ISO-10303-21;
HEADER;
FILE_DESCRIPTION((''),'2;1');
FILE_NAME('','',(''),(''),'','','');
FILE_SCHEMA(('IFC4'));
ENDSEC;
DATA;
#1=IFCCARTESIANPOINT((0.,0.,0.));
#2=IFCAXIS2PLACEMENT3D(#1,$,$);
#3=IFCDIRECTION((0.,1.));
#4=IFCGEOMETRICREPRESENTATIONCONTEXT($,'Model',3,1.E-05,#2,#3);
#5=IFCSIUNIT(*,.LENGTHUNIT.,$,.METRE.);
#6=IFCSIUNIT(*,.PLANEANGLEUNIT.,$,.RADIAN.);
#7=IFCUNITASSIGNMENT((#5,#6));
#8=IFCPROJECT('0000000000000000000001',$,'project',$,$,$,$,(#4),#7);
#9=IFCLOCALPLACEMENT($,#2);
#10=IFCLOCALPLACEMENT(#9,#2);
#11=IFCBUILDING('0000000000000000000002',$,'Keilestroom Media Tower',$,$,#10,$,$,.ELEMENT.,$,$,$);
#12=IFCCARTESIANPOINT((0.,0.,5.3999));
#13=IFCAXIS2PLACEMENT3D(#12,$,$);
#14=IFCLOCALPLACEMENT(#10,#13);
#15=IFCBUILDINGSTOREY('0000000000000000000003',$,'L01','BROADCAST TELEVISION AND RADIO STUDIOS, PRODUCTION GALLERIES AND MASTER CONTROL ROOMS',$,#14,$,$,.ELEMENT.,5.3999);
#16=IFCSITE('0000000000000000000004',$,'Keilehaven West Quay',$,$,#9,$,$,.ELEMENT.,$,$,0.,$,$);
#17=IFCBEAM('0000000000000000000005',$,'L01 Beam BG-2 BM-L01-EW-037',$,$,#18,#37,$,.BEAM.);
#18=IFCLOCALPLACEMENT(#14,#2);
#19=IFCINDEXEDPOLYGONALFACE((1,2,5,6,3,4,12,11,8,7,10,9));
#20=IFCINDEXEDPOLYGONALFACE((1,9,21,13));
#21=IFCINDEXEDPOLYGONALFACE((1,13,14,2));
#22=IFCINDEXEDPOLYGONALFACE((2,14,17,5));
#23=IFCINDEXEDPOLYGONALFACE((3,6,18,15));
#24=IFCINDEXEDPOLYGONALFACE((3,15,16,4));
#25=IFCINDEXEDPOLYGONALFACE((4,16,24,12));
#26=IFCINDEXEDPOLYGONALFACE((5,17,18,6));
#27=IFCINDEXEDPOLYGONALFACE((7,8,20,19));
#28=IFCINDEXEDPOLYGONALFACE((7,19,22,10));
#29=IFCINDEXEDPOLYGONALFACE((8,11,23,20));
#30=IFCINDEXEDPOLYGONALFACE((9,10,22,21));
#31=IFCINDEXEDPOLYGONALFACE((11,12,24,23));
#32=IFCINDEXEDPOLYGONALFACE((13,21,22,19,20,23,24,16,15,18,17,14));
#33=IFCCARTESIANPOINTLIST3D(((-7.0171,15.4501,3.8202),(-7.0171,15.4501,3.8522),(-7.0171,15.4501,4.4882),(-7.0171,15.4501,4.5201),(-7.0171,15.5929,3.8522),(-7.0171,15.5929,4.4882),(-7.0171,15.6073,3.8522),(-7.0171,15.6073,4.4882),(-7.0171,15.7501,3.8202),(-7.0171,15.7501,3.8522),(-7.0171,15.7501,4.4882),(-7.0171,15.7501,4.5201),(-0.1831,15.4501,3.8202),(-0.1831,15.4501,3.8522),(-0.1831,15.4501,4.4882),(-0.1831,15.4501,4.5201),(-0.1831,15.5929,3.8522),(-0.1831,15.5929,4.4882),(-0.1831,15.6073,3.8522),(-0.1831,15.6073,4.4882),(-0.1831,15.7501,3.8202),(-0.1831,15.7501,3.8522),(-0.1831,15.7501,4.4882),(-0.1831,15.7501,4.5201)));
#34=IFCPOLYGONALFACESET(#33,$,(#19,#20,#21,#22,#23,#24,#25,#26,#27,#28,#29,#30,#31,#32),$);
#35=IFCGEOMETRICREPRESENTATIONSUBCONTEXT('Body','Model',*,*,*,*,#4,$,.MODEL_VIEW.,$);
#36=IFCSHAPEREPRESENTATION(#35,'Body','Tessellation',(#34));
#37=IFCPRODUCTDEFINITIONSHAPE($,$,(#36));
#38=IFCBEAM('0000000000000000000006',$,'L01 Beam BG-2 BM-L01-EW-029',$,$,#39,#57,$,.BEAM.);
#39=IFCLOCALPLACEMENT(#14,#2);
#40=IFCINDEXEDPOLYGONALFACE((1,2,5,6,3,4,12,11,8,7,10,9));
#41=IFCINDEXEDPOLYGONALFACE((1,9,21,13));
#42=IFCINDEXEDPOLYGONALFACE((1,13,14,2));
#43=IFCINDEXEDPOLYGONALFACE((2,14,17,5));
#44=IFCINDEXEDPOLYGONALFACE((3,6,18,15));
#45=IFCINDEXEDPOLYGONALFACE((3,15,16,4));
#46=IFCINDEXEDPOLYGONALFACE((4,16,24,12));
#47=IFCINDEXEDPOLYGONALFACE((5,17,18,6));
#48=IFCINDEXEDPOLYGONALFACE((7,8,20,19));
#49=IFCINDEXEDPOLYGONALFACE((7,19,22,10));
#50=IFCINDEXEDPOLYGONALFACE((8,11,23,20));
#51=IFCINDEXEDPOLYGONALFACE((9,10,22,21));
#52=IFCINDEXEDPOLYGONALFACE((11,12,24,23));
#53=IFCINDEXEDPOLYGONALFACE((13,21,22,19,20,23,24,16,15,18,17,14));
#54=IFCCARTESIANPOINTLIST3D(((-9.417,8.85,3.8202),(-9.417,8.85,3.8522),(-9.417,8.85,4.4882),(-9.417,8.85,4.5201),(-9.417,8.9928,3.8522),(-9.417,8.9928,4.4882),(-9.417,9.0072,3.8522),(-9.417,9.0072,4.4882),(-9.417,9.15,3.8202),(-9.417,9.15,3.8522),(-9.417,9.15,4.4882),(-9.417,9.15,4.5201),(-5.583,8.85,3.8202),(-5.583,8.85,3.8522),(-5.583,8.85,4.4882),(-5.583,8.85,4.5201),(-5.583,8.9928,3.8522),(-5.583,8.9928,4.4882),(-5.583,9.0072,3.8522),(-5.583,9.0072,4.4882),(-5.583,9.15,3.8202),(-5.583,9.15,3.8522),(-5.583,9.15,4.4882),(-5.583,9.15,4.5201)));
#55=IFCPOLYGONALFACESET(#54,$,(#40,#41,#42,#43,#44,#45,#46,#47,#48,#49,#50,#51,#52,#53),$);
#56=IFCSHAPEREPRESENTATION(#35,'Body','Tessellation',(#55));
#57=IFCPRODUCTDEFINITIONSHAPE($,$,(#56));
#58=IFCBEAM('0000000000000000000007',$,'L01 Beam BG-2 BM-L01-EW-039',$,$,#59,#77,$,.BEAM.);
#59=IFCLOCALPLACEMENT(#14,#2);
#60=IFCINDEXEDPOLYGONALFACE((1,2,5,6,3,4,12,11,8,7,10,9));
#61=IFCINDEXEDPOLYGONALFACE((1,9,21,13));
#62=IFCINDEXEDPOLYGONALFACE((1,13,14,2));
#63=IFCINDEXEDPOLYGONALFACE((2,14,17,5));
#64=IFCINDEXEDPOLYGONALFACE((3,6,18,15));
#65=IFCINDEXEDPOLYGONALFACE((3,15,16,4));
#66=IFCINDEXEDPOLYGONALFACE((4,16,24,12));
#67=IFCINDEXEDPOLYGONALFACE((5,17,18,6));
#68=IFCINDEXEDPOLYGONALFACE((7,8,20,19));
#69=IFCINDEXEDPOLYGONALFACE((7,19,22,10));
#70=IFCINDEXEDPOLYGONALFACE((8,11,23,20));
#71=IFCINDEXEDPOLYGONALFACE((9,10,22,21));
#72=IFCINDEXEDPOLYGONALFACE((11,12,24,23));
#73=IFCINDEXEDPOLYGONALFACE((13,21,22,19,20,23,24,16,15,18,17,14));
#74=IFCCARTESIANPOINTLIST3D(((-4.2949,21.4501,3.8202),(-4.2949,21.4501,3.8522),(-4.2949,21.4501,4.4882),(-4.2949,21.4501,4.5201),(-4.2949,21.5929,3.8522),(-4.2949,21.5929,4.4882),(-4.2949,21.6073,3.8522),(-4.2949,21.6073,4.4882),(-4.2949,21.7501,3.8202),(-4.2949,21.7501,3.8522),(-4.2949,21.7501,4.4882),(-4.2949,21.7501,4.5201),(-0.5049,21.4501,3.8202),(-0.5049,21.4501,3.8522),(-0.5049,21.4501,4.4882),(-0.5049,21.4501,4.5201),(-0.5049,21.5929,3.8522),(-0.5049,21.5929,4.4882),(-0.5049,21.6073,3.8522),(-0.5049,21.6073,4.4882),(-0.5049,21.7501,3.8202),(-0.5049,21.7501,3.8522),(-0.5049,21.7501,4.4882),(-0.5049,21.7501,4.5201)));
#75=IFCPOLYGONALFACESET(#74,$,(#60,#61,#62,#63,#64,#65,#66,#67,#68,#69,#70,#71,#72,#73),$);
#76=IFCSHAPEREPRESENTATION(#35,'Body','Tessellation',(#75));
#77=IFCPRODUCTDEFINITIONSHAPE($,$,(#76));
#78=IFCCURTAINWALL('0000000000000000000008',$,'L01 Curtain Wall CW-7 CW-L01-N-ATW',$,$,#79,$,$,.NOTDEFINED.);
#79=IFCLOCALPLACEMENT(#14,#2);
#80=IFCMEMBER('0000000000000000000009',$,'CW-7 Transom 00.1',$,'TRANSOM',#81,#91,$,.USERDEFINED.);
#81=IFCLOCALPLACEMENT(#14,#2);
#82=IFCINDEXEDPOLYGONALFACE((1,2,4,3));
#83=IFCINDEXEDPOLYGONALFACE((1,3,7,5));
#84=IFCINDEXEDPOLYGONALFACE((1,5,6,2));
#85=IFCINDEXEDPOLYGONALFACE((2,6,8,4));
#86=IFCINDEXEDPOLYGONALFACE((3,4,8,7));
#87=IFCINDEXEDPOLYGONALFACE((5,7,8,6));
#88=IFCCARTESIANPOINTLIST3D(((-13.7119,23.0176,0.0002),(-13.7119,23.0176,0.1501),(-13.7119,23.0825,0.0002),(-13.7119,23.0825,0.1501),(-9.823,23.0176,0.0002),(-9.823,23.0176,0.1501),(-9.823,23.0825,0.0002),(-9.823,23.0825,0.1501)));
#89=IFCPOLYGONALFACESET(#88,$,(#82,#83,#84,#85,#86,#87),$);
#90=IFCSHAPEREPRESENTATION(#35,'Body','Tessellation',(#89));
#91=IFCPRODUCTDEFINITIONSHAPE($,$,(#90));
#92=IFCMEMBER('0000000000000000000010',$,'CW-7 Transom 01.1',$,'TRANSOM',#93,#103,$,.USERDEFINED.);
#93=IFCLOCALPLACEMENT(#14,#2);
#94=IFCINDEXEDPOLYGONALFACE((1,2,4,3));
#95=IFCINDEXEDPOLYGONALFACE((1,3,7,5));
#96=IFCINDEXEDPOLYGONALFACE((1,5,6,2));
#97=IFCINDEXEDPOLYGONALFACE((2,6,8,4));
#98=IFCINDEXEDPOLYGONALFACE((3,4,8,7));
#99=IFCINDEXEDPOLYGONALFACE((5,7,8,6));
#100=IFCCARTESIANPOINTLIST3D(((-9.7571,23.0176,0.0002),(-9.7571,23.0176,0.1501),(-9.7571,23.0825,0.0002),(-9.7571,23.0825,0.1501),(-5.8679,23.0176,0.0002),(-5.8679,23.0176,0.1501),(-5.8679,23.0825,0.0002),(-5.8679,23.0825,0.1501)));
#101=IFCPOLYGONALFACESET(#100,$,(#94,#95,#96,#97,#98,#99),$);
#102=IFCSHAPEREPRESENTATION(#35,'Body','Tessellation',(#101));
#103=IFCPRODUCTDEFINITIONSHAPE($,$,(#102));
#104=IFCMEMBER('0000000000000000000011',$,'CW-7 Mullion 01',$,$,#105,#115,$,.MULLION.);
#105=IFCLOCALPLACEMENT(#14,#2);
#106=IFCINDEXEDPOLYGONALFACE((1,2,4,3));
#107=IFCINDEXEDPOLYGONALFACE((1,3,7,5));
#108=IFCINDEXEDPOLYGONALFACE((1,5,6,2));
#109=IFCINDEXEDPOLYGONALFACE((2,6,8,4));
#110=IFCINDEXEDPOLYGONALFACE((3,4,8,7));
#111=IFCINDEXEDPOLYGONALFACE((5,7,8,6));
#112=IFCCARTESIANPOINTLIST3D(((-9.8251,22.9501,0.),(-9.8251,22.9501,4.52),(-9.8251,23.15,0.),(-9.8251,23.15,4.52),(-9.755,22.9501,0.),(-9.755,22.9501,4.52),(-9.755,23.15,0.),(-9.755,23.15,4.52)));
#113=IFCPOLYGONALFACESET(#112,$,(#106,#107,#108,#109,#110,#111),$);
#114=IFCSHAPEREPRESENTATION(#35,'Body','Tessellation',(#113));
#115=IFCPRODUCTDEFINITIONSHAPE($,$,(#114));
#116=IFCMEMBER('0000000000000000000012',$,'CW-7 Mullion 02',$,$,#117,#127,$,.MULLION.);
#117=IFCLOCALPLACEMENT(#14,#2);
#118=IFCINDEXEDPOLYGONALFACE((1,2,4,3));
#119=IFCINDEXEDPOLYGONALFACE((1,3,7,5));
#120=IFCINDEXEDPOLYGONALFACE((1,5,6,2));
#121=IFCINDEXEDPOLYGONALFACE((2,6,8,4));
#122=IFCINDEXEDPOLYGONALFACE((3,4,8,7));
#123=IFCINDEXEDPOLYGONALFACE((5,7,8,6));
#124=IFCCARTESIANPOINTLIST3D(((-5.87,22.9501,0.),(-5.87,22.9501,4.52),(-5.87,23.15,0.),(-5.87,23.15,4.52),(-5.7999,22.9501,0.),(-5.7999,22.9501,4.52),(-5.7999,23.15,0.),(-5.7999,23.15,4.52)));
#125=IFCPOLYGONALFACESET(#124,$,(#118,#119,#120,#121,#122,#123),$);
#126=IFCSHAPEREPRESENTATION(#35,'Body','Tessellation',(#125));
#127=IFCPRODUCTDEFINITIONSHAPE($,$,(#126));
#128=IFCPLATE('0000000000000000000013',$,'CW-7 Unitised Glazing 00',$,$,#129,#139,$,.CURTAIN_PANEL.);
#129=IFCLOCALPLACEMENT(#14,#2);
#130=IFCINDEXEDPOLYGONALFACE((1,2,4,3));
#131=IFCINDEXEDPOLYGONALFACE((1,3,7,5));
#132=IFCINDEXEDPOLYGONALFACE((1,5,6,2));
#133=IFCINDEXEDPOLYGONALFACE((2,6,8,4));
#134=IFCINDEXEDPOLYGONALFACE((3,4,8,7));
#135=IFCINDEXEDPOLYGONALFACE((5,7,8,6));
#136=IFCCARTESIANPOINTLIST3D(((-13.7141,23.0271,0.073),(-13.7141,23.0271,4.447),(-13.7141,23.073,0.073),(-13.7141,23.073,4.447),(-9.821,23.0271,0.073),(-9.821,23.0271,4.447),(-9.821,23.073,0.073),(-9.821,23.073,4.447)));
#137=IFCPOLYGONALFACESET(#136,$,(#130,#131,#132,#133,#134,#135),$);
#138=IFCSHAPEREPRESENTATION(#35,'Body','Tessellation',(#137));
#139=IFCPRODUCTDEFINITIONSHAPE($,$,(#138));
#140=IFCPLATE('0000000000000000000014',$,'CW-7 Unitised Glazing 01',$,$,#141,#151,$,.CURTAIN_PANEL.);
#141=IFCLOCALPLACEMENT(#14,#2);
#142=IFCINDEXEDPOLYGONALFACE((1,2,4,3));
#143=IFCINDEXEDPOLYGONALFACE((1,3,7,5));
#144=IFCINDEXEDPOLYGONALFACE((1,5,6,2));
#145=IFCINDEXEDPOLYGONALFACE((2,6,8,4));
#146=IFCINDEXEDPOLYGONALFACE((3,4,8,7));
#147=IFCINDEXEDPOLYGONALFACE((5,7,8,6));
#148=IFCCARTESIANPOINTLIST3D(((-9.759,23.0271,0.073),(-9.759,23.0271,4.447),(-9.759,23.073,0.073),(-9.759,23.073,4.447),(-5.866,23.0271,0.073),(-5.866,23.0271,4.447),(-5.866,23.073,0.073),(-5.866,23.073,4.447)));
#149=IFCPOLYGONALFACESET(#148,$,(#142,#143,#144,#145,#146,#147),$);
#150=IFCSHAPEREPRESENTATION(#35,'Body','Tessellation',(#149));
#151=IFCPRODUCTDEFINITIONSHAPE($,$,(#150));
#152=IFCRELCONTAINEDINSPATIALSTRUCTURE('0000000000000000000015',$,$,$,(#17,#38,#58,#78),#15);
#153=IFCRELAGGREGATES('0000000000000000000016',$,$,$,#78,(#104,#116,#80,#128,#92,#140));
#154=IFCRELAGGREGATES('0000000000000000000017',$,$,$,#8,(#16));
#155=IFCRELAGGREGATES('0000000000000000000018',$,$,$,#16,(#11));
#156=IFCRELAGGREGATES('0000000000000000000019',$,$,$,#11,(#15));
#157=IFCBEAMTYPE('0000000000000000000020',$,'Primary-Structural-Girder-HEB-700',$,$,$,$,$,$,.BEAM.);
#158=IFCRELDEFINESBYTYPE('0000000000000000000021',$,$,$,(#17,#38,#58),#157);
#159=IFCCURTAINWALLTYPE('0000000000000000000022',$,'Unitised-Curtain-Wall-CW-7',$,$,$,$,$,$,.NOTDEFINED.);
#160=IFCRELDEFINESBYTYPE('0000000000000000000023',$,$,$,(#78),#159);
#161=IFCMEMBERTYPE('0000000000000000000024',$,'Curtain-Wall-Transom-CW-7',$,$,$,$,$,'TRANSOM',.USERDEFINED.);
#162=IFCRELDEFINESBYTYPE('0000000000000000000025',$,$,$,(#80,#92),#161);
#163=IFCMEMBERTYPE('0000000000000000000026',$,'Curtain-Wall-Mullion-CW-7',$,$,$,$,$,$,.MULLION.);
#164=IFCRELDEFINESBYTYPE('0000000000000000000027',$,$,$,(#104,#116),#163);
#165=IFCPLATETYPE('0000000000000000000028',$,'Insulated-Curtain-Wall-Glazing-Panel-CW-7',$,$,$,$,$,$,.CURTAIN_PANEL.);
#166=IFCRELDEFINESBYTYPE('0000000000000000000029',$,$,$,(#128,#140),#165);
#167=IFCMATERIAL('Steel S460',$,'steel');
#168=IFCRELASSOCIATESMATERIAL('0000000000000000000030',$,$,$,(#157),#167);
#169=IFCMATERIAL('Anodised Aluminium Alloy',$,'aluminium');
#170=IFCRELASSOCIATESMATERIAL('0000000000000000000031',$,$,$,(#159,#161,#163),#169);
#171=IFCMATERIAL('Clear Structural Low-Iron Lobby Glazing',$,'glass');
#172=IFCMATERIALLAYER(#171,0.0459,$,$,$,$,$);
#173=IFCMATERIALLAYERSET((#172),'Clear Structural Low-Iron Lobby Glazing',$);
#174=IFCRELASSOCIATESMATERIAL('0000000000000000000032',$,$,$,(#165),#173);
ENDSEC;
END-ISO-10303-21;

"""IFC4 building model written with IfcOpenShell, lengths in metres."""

from ifc_helpers import new_model, si_unit, direction, frame, origin, origin_2d, place, context, subcontext, project, spatial, rectangle, i_section, extrude, source, transform, mapped, material, layer, layer_set, material_profile, profile_set, type_object, element, aggregate, save


model = new_model("IFC4")

# Units and contexts
model_context = context("Model", 3, precision=1e-05, world=origin(), true_north=direction((0.0, 1.0)))
body_context = subcontext(model_context, "Body", "Model", "MODEL_VIEW")
ifc_project = project(units=[si_unit("LENGTHUNIT", "METRE"), si_unit("PLANEANGLEUNIT", "RADIAN")], contexts=[model_context])

# Site, building, storey
site_placement = place(None, origin())
site = spatial("IfcSite", under=ifc_project, at=site_placement, Name="Keilehaven West Quay", CompositionType="ELEMENT", RefElevation=0.0)
building_placement = place(site_placement, origin())
building = spatial("IfcBuilding", under=site, at=building_placement, Name="Keilestroom Media Tower", CompositionType="ELEMENT")
storey_placement = place(building_placement, frame((0.0, 0.0, 5.3999)))
storey = spatial("IfcBuildingStorey", under=building, at=storey_placement, Name="L01", Description="BROADCAST TELEVISION AND RADIO STUDIOS, PRODUCTION GALLERIES AND MASTER CONTROL ROOMS", CompositionType="ELEMENT", Elevation=5.3999)

# Shared definitions
ifc_material_1 = material(Name="Steel S460", Category="steel")

# Beams
ifc_material_profile_1 = material_profile(ifc_material_1, i_section(OverallWidth=0.3, OverallDepth=0.7, WebThickness=0.0144, FlangeThickness=0.032, at=origin_2d()), Name="HEB 700")
ifc_profile_set_1 = profile_set([ifc_material_profile_1], Name="Steel S460")
beam_type = type_object("IfcBeamType", Name="Primary-Structural-Girder-HEB-700", PredefinedType="BEAM", material=ifc_profile_set_1)
shared_shape_1 = source(origin(), body_context, "Body", "SweptSolid", [
    extrude(i_section(OverallWidth=0.3, OverallDepth=0.7, WebThickness=0.0144, FlangeThickness=0.032, at=origin_2d()), origin(), (0.0, 0.0, 1.0), 6.834),
])
for number, where, z_axis, x_axis, name in (
    (1, (-7.0171, 15.6001, 4.1702), (1.0, 0.0, 0.0), (0.0, 1.0, 0.0), "L01 Beam BG-2 BM-L01-EW-037"),
):
    element("IfcBeam", number, at=place(storey_placement, frame(where, z_axis=z_axis, x_axis=x_axis)), inside=storey, type_object=beam_type, Name=name, PredefinedType="BEAM", context=body_context, shape_type="MappedRepresentation", body=[
        mapped(shared_shape_1, transform((0.0, 0.0, 0.0), x_axis=(1.0, 0.0, 0.0), y_axis=(0.0, 1.0, 0.0), z_axis=(0.0, 0.0, 1.0), scale=1.0)),
    ])
shared_shape_2 = source(origin(), body_context, "Body", "SweptSolid", [
    extrude(i_section(OverallWidth=0.3, OverallDepth=0.7, WebThickness=0.0144, FlangeThickness=0.032, at=origin_2d()), origin(), (0.0, 0.0, 1.0), 3.834),
])
beam_1_placement = place(storey_placement, frame((-9.417, 9.0, 4.1702), z_axis=(1.0, 0.0, 0.0), x_axis=(0.0, 1.0, 0.0)))
element("IfcBeam", 2, at=beam_1_placement, inside=storey, type_object=beam_type, Name="L01 Beam BG-2 BM-L01-EW-029", PredefinedType="BEAM", context=body_context, shape_type="MappedRepresentation", body=[
    mapped(shared_shape_2, transform((0.0, 0.0, 0.0), x_axis=(1.0, 0.0, 0.0), y_axis=(0.0, 1.0, 0.0), z_axis=(0.0, 0.0, 1.0), scale=1.0)),
])
shared_shape_3 = source(origin(), body_context, "Body", "SweptSolid", [
    extrude(i_section(OverallWidth=0.3, OverallDepth=0.7, WebThickness=0.0144, FlangeThickness=0.032, at=origin_2d()), origin(), (0.0, 0.0, 1.0), 3.79),
])
beam_2_placement = place(storey_placement, frame((-4.2949, 21.6001, 4.1702), z_axis=(1.0, 0.0, 0.0), x_axis=(0.0, 1.0, 0.0)))
element("IfcBeam", 3, at=beam_2_placement, inside=storey, type_object=beam_type, Name="L01 Beam BG-2 BM-L01-EW-039", PredefinedType="BEAM", context=body_context, shape_type="MappedRepresentation", body=[
    mapped(shared_shape_3, transform((0.0, 0.0, 0.0), x_axis=(1.0, 0.0, 0.0), y_axis=(0.0, 1.0, 0.0), z_axis=(0.0, 0.0, 1.0), scale=1.0)),
])

# Curtain wall, members, plates
ifc_material_2 = material(Name="Anodised Aluminium Alloy", Category="aluminium")
curtain_wall_type = type_object("IfcCurtainWallType", Name="Unitised-Curtain-Wall-CW-7", PredefinedType="NOTDEFINED", material=ifc_material_2)
curtain_wall_placement = place(storey_placement, origin())
curtain_wall = element("IfcCurtainWall", 4, at=curtain_wall_placement, inside=storey, type_object=curtain_wall_type, Name="L01 Curtain Wall CW-7 CW-L01-N-ATW", PredefinedType="NOTDEFINED")
ifc_material_profile_2 = material_profile(ifc_material_2, rectangle(XDim=0.0649, YDim=0.1499, at=origin_2d()), Name="ALU TRANSOM 65x150")
ifc_profile_set_2 = profile_set([ifc_material_profile_2], Name="Anodised Aluminium Alloy")
member_type_1 = type_object("IfcMemberType", Name="Curtain-Wall-Transom-CW-7", ElementType="TRANSOM", PredefinedType="USERDEFINED", material=ifc_profile_set_2)
shared_shape_4 = source(origin(), body_context, "Body", "SweptSolid", [
    extrude(rectangle(XDim=0.0649, YDim=0.1499, at=origin_2d()), origin(), (0.0, 0.0, 1.0), 3.8889),
])
member_1_placement = place(storey_placement, frame((-13.7119, 23.05, 0.0752), z_axis=(1.0, 0.0, 0.0), x_axis=(0.0, 1.0, 0.0)))
member_1 = element("IfcMember", 5, at=member_1_placement, type_object=member_type_1, Name="CW-7 Transom 00.1", ObjectType="TRANSOM", PredefinedType="USERDEFINED", context=body_context, shape_type="MappedRepresentation", body=[
    mapped(shared_shape_4, transform((0.0, 0.0, 0.0), x_axis=(1.0, 0.0, 0.0), y_axis=(0.0, 1.0, 0.0), z_axis=(0.0, 0.0, 1.0), scale=1.0)),
])
shared_shape_5 = source(origin(), body_context, "Body", "SweptSolid", [
    extrude(rectangle(XDim=0.0649, YDim=0.1499, at=origin_2d()), origin(), (0.0, 0.0, 1.0), 3.8892),
])
member_2_placement = place(storey_placement, frame((-9.7571, 23.05, 0.0752), z_axis=(1.0, 0.0, 0.0), x_axis=(0.0, 1.0, 0.0)))
member_2 = element("IfcMember", 6, at=member_2_placement, type_object=member_type_1, Name="CW-7 Transom 01.1", ObjectType="TRANSOM", PredefinedType="USERDEFINED", context=body_context, shape_type="MappedRepresentation", body=[
    mapped(shared_shape_5, transform((0.0, 0.0, 0.0), x_axis=(1.0, 0.0, 0.0), y_axis=(0.0, 1.0, 0.0), z_axis=(0.0, 0.0, 1.0), scale=1.0)),
])
ifc_material_profile_3 = material_profile(ifc_material_2, rectangle(XDim=0.0701, YDim=0.2, at=origin_2d()), Name="ALU MULLION 70x200")
ifc_profile_set_3 = profile_set([ifc_material_profile_3], Name="Anodised Aluminium Alloy")
member_type_2 = type_object("IfcMemberType", Name="Curtain-Wall-Mullion-CW-7", PredefinedType="MULLION", material=ifc_profile_set_3)
shared_shape_6 = source(origin(), body_context, "Body", "SweptSolid", [
    extrude(rectangle(XDim=0.0701, YDim=0.2, at=origin_2d()), origin(), (0.0, 0.0, 1.0), 4.52),
])
member_3_placement = place(storey_placement, frame((-9.79, 23.05, 0.0), z_axis=(0.0, 0.0, 1.0), x_axis=(1.0, 0.0, 0.0)))
member_3 = element("IfcMember", 7, at=member_3_placement, type_object=member_type_2, Name="CW-7 Mullion 01", PredefinedType="MULLION", context=body_context, shape_type="MappedRepresentation", body=[
    mapped(shared_shape_6, transform((0.0, 0.0, 0.0), x_axis=(1.0, 0.0, 0.0), y_axis=(0.0, 1.0, 0.0), z_axis=(0.0, 0.0, 1.0), scale=1.0)),
])
member_4_placement = place(storey_placement, frame((-5.835, 23.05, 0.0), z_axis=(0.0, 0.0, 1.0), x_axis=(1.0, 0.0, 0.0)))
member_4 = element("IfcMember", 8, at=member_4_placement, type_object=member_type_2, Name="CW-7 Mullion 02", PredefinedType="MULLION", context=body_context, shape_type="MappedRepresentation", body=[
    mapped(shared_shape_6, transform((0.0, 0.0, 0.0), x_axis=(1.0, 0.0, 0.0), y_axis=(0.0, 1.0, 0.0), z_axis=(0.0, 0.0, 1.0), scale=1.0)),
])
ifc_material_3 = material(Name="Clear Structural Low-Iron Lobby Glazing", Category="glass")
ifc_layer_1 = layer(ifc_material_3, 0.0459)
ifc_layer_set_1 = layer_set([ifc_layer_1], Name="Clear Structural Low-Iron Lobby Glazing")
plate_type = type_object("IfcPlateType", Name="Insulated-Curtain-Wall-Glazing-Panel-CW-7", PredefinedType="CURTAIN_PANEL", material=ifc_layer_set_1)
shared_shape_7 = source(origin(), body_context, "Body", "SweptSolid", [
    extrude(rectangle(XDim=3.8931, YDim=0.0459, at=origin_2d()), origin(), (0.0, 0.0, 1.0), 4.374),
])
plate_1_placement = place(storey_placement, frame((-11.7676, 23.05, 0.073), z_axis=(0.0, 0.0, 1.0), x_axis=(1.0, 0.0, 0.0)))
plate_1 = element("IfcPlate", 9, at=plate_1_placement, type_object=plate_type, Name="CW-7 Unitised Glazing 00", PredefinedType="CURTAIN_PANEL", context=body_context, shape_type="MappedRepresentation", body=[
    mapped(shared_shape_7, transform((0.0, 0.0, 0.0), x_axis=(1.0, 0.0, 0.0), y_axis=(0.0, 1.0, 0.0), z_axis=(0.0, 0.0, 1.0), scale=1.0)),
])
plate_2_placement = place(storey_placement, frame((-7.8125, 23.05, 0.073), z_axis=(0.0, 0.0, 1.0), x_axis=(1.0, 0.0, 0.0)))
plate_2 = element("IfcPlate", 10, at=plate_2_placement, type_object=plate_type, Name="CW-7 Unitised Glazing 01", PredefinedType="CURTAIN_PANEL", context=body_context, shape_type="MappedRepresentation", body=[
    mapped(shared_shape_7, transform((0.0, 0.0, 0.0), x_axis=(1.0, 0.0, 0.0), y_axis=(0.0, 1.0, 0.0), z_axis=(0.0, 0.0, 1.0), scale=1.0)),
])
aggregate(curtain_wall, [member_3, member_4, member_1, plate_1, member_2, plate_2])

save(model, "model.ifc")
